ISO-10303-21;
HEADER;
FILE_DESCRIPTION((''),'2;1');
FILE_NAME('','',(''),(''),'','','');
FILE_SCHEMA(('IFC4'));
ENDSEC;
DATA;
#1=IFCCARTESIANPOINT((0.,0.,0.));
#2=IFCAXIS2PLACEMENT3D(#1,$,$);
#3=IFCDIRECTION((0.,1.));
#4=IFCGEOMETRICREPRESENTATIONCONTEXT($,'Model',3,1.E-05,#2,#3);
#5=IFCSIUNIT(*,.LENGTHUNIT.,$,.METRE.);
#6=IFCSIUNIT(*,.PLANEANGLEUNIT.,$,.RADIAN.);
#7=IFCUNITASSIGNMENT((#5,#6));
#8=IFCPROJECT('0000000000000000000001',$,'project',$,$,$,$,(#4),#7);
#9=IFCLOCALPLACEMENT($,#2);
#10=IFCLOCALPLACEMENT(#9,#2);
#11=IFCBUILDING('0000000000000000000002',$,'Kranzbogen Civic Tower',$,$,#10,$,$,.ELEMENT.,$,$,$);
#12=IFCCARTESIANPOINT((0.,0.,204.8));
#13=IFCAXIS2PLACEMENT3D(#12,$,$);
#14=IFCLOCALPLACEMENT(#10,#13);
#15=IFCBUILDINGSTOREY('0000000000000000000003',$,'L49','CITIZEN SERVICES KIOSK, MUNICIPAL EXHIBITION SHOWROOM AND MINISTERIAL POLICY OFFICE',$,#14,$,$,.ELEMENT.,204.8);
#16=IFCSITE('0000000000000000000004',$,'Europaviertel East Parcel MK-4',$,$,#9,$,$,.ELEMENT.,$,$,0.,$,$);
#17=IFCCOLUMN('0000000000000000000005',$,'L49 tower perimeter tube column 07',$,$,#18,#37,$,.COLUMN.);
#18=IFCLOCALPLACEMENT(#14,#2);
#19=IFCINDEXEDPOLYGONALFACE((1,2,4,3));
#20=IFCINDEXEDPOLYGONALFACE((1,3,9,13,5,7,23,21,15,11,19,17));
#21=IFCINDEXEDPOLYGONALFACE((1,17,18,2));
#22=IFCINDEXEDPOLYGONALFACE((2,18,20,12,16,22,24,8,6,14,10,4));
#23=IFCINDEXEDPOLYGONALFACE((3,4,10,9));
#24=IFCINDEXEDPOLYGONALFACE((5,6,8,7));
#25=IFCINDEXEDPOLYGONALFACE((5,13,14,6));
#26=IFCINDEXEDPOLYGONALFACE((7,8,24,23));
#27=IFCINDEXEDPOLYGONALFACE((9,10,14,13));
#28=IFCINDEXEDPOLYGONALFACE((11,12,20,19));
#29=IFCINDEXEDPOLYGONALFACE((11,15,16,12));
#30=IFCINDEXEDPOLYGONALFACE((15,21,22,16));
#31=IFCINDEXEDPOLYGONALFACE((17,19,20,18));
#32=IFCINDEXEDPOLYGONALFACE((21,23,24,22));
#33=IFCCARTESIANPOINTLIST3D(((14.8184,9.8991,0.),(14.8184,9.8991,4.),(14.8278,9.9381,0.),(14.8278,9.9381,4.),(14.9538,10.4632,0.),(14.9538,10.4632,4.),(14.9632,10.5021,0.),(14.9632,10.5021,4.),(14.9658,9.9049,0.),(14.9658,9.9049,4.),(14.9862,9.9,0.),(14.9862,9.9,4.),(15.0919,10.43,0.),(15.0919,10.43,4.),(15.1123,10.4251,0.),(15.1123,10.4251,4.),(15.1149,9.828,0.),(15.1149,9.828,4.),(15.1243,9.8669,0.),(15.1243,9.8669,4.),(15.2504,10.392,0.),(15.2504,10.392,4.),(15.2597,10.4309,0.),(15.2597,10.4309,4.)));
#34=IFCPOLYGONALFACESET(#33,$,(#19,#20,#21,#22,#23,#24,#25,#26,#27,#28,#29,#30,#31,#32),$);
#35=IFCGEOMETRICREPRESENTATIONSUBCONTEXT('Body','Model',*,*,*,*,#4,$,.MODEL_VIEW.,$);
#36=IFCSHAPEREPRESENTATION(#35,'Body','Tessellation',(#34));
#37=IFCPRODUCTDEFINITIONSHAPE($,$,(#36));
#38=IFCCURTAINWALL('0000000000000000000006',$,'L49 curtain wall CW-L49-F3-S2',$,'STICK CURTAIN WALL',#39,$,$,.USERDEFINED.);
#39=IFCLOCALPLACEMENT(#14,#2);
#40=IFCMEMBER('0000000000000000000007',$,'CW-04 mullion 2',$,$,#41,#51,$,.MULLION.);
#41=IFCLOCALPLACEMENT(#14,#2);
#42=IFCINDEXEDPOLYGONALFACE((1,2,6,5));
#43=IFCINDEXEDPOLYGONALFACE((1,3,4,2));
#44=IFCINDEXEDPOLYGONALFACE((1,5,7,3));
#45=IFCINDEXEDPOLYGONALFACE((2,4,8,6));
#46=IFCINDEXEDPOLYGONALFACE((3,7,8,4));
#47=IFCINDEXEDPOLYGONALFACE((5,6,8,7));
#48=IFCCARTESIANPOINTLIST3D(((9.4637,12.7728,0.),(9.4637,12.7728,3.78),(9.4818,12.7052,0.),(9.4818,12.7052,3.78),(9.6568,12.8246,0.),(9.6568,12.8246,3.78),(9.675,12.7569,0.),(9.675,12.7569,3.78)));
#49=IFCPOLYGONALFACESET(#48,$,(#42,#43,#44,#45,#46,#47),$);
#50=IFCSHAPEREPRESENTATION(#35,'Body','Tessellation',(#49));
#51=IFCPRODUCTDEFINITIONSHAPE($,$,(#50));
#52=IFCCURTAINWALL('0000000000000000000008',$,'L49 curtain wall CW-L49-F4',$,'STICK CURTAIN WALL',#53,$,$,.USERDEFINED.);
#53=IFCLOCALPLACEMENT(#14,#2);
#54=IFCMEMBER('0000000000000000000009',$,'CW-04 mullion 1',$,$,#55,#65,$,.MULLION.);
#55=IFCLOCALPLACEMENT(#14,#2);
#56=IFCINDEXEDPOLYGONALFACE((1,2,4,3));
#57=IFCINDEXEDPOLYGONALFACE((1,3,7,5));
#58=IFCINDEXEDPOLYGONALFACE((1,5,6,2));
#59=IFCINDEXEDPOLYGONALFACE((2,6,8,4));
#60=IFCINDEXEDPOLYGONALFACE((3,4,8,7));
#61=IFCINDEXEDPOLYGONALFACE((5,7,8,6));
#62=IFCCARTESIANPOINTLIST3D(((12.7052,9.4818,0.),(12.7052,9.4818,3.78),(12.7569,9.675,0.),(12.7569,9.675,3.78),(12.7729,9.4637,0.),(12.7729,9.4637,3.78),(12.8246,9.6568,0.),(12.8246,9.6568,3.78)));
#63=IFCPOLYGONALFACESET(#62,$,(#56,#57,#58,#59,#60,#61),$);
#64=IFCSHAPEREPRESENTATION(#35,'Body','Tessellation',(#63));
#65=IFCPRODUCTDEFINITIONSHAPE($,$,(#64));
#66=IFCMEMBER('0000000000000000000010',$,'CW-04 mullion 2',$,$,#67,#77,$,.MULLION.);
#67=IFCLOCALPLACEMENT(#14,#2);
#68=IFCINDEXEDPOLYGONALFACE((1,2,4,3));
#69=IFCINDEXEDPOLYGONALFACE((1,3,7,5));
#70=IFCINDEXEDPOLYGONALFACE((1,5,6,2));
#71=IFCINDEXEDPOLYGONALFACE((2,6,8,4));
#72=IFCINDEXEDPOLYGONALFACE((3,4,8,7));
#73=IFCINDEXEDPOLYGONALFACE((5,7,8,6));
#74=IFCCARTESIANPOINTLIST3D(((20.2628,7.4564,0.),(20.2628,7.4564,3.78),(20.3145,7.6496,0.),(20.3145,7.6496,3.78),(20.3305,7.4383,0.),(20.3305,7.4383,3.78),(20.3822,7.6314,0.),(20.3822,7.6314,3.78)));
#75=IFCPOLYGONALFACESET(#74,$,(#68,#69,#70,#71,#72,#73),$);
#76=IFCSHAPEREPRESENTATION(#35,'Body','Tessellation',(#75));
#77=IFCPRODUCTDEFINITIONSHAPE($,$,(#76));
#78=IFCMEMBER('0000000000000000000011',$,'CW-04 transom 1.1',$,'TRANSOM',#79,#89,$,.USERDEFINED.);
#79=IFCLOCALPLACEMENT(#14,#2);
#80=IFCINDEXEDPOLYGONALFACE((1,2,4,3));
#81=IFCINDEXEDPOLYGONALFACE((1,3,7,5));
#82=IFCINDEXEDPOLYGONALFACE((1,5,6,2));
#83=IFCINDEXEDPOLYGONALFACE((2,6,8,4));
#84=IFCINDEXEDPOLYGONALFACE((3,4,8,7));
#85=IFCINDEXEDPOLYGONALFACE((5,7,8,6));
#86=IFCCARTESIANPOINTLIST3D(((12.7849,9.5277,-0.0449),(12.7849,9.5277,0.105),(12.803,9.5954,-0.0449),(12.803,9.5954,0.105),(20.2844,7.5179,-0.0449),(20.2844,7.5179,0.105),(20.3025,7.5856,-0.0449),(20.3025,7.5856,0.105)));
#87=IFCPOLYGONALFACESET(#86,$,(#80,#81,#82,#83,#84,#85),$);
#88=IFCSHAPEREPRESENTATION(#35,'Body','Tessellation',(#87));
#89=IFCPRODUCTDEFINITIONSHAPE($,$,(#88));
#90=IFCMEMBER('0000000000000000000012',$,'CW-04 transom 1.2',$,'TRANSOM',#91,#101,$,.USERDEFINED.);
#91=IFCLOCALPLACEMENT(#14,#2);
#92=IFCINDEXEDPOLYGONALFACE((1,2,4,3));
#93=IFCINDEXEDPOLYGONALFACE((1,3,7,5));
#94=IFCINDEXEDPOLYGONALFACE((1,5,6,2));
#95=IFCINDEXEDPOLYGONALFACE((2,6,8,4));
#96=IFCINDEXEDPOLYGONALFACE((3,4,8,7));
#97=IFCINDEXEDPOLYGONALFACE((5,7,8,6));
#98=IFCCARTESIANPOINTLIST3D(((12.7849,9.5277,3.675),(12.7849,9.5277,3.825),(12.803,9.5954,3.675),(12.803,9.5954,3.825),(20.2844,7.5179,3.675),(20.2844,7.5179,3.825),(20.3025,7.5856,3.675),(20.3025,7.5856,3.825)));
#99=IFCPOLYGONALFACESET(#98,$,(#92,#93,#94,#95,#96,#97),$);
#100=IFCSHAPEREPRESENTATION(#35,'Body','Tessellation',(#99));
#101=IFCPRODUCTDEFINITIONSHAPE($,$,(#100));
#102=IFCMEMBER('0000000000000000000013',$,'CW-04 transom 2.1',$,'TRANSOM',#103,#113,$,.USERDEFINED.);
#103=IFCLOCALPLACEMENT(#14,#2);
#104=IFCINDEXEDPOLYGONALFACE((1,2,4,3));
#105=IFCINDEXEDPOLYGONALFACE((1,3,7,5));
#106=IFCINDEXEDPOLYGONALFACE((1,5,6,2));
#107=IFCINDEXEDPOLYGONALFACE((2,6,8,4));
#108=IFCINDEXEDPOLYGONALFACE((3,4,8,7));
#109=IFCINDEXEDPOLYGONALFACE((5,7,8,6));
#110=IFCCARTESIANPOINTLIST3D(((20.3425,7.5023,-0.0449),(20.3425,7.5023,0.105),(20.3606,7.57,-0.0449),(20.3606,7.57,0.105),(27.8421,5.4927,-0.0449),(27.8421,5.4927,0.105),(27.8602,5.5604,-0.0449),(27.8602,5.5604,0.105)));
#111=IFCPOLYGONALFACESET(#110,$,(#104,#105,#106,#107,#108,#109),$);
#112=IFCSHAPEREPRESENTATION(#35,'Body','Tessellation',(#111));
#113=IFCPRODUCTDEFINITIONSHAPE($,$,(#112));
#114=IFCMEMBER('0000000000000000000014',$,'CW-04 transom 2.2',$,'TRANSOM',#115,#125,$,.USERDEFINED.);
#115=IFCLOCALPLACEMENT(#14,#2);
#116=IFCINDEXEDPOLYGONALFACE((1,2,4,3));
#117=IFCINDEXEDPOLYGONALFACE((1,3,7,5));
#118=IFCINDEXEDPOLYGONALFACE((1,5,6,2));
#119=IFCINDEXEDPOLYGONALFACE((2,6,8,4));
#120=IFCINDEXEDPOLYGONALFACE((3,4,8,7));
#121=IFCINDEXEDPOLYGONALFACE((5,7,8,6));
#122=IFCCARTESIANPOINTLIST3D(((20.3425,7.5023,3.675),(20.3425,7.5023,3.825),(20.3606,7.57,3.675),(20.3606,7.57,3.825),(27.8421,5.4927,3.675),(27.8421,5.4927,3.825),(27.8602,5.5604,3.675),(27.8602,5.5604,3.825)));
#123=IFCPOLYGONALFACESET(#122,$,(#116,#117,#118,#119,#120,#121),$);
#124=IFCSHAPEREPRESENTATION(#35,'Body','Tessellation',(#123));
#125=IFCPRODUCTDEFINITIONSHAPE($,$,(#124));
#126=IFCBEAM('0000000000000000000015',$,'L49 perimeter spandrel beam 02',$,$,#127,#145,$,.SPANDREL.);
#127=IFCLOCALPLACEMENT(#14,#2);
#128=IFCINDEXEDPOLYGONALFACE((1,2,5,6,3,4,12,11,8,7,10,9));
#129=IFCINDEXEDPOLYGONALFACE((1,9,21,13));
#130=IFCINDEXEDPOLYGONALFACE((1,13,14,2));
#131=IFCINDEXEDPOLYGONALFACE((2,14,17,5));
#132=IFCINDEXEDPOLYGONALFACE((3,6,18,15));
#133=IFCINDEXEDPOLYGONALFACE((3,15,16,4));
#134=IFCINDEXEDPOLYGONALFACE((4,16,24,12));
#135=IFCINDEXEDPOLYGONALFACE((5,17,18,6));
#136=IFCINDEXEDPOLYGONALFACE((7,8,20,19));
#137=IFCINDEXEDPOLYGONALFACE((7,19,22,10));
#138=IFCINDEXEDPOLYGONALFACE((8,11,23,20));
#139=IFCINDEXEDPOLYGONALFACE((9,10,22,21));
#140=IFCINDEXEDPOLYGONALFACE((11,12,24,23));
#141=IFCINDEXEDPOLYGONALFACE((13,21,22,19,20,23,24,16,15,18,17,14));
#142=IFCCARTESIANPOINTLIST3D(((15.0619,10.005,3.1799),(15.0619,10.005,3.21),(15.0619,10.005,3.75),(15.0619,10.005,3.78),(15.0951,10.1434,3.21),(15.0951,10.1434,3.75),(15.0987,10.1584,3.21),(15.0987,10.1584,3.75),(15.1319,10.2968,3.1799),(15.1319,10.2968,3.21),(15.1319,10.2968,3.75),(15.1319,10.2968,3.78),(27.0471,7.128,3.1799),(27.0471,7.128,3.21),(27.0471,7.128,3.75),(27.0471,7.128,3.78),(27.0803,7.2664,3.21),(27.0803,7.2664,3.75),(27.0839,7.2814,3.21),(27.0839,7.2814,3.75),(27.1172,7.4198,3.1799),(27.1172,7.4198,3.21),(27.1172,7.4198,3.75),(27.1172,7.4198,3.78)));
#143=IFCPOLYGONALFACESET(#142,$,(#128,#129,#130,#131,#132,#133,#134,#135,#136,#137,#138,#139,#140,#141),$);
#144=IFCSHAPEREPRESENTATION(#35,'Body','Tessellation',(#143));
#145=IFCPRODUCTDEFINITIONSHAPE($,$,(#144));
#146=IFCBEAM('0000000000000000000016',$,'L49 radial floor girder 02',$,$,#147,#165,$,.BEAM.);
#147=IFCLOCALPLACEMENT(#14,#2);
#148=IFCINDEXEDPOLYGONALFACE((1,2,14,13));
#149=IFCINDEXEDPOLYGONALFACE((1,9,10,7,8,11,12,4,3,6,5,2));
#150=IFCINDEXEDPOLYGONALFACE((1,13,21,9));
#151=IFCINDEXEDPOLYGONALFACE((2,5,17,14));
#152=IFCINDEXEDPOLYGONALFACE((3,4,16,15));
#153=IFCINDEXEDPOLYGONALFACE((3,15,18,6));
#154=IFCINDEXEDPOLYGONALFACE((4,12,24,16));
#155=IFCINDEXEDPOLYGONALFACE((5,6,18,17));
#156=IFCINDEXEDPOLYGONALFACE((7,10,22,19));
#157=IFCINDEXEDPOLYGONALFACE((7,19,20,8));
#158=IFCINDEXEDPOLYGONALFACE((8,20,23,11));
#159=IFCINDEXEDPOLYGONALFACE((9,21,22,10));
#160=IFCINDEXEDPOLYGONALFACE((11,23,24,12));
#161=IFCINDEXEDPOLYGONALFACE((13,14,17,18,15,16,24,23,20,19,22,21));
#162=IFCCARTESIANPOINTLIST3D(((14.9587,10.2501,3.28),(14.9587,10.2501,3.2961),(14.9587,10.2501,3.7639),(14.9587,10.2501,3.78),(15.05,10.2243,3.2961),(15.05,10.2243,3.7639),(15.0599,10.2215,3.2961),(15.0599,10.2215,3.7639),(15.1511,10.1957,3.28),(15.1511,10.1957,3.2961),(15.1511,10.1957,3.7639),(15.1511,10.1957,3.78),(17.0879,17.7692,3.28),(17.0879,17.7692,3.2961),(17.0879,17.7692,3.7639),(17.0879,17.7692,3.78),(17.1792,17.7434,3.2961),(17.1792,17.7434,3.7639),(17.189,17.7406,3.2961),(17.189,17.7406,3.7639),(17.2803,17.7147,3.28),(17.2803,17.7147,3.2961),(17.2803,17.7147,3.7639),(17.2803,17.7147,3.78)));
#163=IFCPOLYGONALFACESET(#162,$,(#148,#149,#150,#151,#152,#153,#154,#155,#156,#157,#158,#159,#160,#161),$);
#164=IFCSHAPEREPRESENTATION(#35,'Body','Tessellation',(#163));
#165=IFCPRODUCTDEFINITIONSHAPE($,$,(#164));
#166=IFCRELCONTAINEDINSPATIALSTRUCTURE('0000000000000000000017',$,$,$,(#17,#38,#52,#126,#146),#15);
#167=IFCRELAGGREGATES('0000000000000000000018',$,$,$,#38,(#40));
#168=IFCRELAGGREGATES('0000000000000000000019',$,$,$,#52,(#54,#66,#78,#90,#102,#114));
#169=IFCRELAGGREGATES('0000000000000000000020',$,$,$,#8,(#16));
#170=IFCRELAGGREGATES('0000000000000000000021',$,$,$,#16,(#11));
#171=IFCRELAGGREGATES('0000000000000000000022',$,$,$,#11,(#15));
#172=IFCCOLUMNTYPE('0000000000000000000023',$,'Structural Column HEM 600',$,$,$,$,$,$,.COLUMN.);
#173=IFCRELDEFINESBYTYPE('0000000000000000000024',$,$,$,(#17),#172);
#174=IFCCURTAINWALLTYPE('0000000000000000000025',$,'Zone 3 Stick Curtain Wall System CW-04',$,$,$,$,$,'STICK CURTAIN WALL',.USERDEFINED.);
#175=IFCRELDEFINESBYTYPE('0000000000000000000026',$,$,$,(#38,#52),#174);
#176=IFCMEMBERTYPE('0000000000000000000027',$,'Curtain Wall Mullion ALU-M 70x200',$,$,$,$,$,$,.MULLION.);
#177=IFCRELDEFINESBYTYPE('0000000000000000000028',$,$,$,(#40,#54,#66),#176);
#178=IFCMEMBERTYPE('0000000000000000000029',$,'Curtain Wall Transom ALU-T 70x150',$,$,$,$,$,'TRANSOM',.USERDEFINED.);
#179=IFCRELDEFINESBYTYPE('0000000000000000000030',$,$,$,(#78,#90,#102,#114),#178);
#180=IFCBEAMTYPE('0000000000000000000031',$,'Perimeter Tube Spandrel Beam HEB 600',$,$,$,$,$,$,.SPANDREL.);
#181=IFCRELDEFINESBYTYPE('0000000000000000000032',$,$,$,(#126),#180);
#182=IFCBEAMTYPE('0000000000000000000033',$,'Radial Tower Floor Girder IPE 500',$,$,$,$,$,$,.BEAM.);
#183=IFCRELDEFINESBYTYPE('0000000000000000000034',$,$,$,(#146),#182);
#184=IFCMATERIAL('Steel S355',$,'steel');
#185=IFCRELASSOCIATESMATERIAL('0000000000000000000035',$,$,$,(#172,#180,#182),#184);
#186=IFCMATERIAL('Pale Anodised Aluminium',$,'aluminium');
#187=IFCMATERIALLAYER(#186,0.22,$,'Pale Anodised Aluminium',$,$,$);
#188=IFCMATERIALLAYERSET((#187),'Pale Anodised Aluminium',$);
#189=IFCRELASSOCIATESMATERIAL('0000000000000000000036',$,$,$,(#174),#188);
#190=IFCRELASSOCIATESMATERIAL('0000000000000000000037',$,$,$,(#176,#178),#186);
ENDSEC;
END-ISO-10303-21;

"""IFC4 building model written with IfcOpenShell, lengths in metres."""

from ifc_helpers import new_model, si_unit, direction, frame, origin, origin_2d, place, context, subcontext, project, spatial, rectangle, i_section, extrude, material, layer, layer_set, material_profile, profile_set, type_object, element, aggregate, save


model = new_model("IFC4")

# Units and contexts
model_context = context("Model", 3, precision=1e-05, world=origin(), true_north=direction((0.0, 1.0)))
body_context = subcontext(model_context, "Body", "Model", "MODEL_VIEW")
ifc_project = project(units=[si_unit("LENGTHUNIT", "METRE"), si_unit("PLANEANGLEUNIT", "RADIAN")], contexts=[model_context])

# Site, building, storey
site_placement = place(None, origin())
site = spatial("IfcSite", under=ifc_project, at=site_placement, Name="Europaviertel East Parcel MK-4", CompositionType="ELEMENT", RefElevation=0.0)
building_placement = place(site_placement, origin())
building = spatial("IfcBuilding", under=site, at=building_placement, Name="Kranzbogen Civic Tower", CompositionType="ELEMENT")
storey_placement = place(building_placement, frame((0.0, 0.0, 204.8)))
storey = spatial("IfcBuildingStorey", under=building, at=storey_placement, Name="L49", Description="CITIZEN SERVICES KIOSK, MUNICIPAL EXHIBITION SHOWROOM AND MINISTERIAL POLICY OFFICE", CompositionType="ELEMENT", Elevation=204.8)

# Column
ifc_material_1 = material(Name="Steel S355", Category="steel")
ifc_material_profile_1 = material_profile(ifc_material_1, i_section(OverallWidth=0.3049, OverallDepth=0.6201, WebThickness=0.021, FlangeThickness=0.04, at=origin_2d()), Name="HEM 600")
ifc_profile_set_1 = profile_set([ifc_material_profile_1], Name="Steel S355")
column_type = type_object("IfcColumnType", Name="Structural Column HEM 600", PredefinedType="COLUMN", material=ifc_profile_set_1)
column_placement = place(storey_placement, frame((15.0391, 10.165, 0.0), z_axis=(0.0, 0.0, 1.0), x_axis=(-0.97237, 0.233445, 0.0)))
element("IfcColumn", 1, at=column_placement, inside=storey, type_object=column_type, Name="L49 tower perimeter tube column 07", PredefinedType="COLUMN", context=body_context, shape_type="SweptSolid", body=[
    extrude(i_section(OverallWidth=0.3049, OverallDepth=0.6201, WebThickness=0.021, FlangeThickness=0.04, at=origin_2d()), origin(), (0.0, 0.0, 1.0), 4.0),
])

# Curtain wall, member
ifc_material_2 = material(Name="Pale Anodised Aluminium", Category="aluminium")
ifc_layer_1 = layer(ifc_material_2, 0.22, Name="Pale Anodised Aluminium")
ifc_layer_set_1 = layer_set([ifc_layer_1], Name="Pale Anodised Aluminium")
curtain_wall_type = type_object("IfcCurtainWallType", Name="Zone 3 Stick Curtain Wall System CW-04", ElementType="STICK CURTAIN WALL", PredefinedType="USERDEFINED", material=ifc_layer_set_1)
curtain_wall_1_placement = place(storey_placement, origin())
curtain_wall_1 = element("IfcCurtainWall", 2, at=curtain_wall_1_placement, inside=storey, type_object=curtain_wall_type, Name="L49 curtain wall CW-L49-F3-S2", ObjectType="STICK CURTAIN WALL", PredefinedType="USERDEFINED")
ifc_material_profile_2 = material_profile(ifc_material_2, rectangle(XDim=0.0701, YDim=0.2, at=origin_2d()), Name="ALU-M 70x200")
ifc_profile_set_2 = profile_set([ifc_material_profile_2], Name="Pale Anodised Aluminium")
member_type_1 = type_object("IfcMemberType", Name="Curtain Wall Mullion ALU-M 70x200", PredefinedType="MULLION", material=ifc_profile_set_2)
member_1_placement = place(storey_placement, frame((9.5693, 12.7649, 0.0), z_axis=(0.0, 0.0, 1.0), x_axis=(0.258906, -0.965902, 0.0)))
member_1 = element("IfcMember", 3, at=member_1_placement, type_object=member_type_1, Name="CW-04 mullion 2", PredefinedType="MULLION", context=body_context, shape_type="SweptSolid", body=[
    extrude(rectangle(XDim=0.0701, YDim=0.2, at=origin_2d()), origin(), (0.0, 0.0, 1.0), 3.78),
])
aggregate(curtain_wall_1, [member_1])

# Curtain wall, members
curtain_wall_2_placement = place(storey_placement, origin())
curtain_wall_2 = element("IfcCurtainWall", 4, at=curtain_wall_2_placement, inside=storey, type_object=curtain_wall_type, Name="L49 curtain wall CW-L49-F4", ObjectType="STICK CURTAIN WALL", PredefinedType="USERDEFINED")
member_2_placement = place(storey_placement, frame((12.7649, 9.5693, 0.0), z_axis=(0.0, 0.0, 1.0), x_axis=(0.965919, -0.258843, 0.0)))
member_2 = element("IfcMember", 5, at=member_2_placement, type_object=member_type_1, Name="CW-04 mullion 1", PredefinedType="MULLION", context=body_context, shape_type="SweptSolid", body=[
    extrude(rectangle(XDim=0.0701, YDim=0.2, at=origin_2d()), origin(), (0.0, 0.0, 1.0), 3.78),
])
member_3_placement = place(storey_placement, frame((20.3225, 7.5439, 0.0), z_axis=(0.0, 0.0, 1.0), x_axis=(0.965919, -0.258843, 0.0)))
member_3 = element("IfcMember", 6, at=member_3_placement, type_object=member_type_1, Name="CW-04 mullion 2", PredefinedType="MULLION", context=body_context, shape_type="SweptSolid", body=[
    extrude(rectangle(XDim=0.0701, YDim=0.2, at=origin_2d()), origin(), (0.0, 0.0, 1.0), 3.78),
])
ifc_material_profile_3 = material_profile(ifc_material_2, rectangle(XDim=0.0701, YDim=0.1499, at=origin_2d()), Name="ALU-T 70x150")
ifc_profile_set_3 = profile_set([ifc_material_profile_3], Name="Pale Anodised Aluminium")
member_type_2 = type_object("IfcMemberType", Name="Curtain Wall Transom ALU-T 70x150", ElementType="TRANSOM", PredefinedType="USERDEFINED", material=ifc_profile_set_3)
member_4_placement = place(storey_placement, frame((12.7939, 9.5615, 0.03), z_axis=(0.965917, -0.258852, 0.0), x_axis=(0.258852, 0.965917, 0.0)))
member_4 = element("IfcMember", 7, at=member_4_placement, type_object=member_type_2, Name="CW-04 transom 1.1", ObjectType="TRANSOM", PredefinedType="USERDEFINED", context=body_context, shape_type="SweptSolid", body=[
    extrude(rectangle(XDim=0.0701, YDim=0.1499, at=origin_2d()), origin(), (0.0, 0.0, 1.0), 7.7642),
])
member_5_placement = place(storey_placement, frame((12.7939, 9.5615, 3.75), z_axis=(0.965917, -0.258852, 0.0), x_axis=(0.258852, 0.965917, 0.0)))
member_5 = element("IfcMember", 8, at=member_5_placement, type_object=member_type_2, Name="CW-04 transom 1.2", ObjectType="TRANSOM", PredefinedType="USERDEFINED", context=body_context, shape_type="SweptSolid", body=[
    extrude(rectangle(XDim=0.0701, YDim=0.1499, at=origin_2d()), origin(), (0.0, 0.0, 1.0), 7.7642),
])
member_6_placement = place(storey_placement, frame((20.3516, 7.5361, 0.03), z_axis=(0.965925, -0.258823, 0.0), x_axis=(0.258823, 0.965925, 0.0)))
member_6 = element("IfcMember", 9, at=member_6_placement, type_object=member_type_2, Name="CW-04 transom 2.1", ObjectType="TRANSOM", PredefinedType="USERDEFINED", context=body_context, shape_type="SweptSolid", body=[
    extrude(rectangle(XDim=0.0701, YDim=0.1499, at=origin_2d()), origin(), (0.0, 0.0, 1.0), 7.7642),
])
member_7_placement = place(storey_placement, frame((20.3516, 7.5361, 3.75), z_axis=(0.965925, -0.258823, 0.0), x_axis=(0.258823, 0.965925, 0.0)))
member_7 = element("IfcMember", 10, at=member_7_placement, type_object=member_type_2, Name="CW-04 transom 2.2", ObjectType="TRANSOM", PredefinedType="USERDEFINED", context=body_context, shape_type="SweptSolid", body=[
    extrude(rectangle(XDim=0.0701, YDim=0.1499, at=origin_2d()), origin(), (0.0, 0.0, 1.0), 7.7642),
])

# Beams
ifc_material_profile_4 = material_profile(ifc_material_1, i_section(OverallWidth=0.3, OverallDepth=0.6001, WebThickness=0.0154, FlangeThickness=0.03, at=origin_2d()), Name="HEB 600")
ifc_profile_set_4 = profile_set([ifc_material_profile_4], Name="Steel S355")
beam_type_1 = type_object("IfcBeamType", Name="Perimeter Tube Spandrel Beam HEB 600", PredefinedType="SPANDREL", material=ifc_profile_set_4)
beam_1_placement = place(storey_placement, frame((15.0969, 10.1509, 3.48), z_axis=(0.972378, -0.233413, 0.0), x_axis=(0.233413, 0.972378, 0.0)))
element("IfcBeam", 11, at=beam_1_placement, inside=storey, type_object=beam_type_1, Name="L49 perimeter spandrel beam 02", PredefinedType="SPANDREL", context=body_context, shape_type="SweptSolid", body=[
    extrude(i_section(OverallWidth=0.3, OverallDepth=0.6001, WebThickness=0.0154, FlangeThickness=0.03, at=origin_2d()), origin(), (0.0, 0.0, 1.0), 12.3257),
])
ifc_material_profile_5 = material_profile(ifc_material_1, i_section(OverallWidth=0.2, OverallDepth=0.5, WebThickness=0.0103, FlangeThickness=0.0161, at=origin_2d()), Name="IPE 500")
ifc_profile_set_5 = profile_set([ifc_material_profile_5], Name="Steel S355")
beam_type_2 = type_object("IfcBeamType", Name="Radial Tower Floor Girder IPE 500", PredefinedType="BEAM", material=ifc_profile_set_5)
beam_2_placement = place(storey_placement, frame((15.0549, 10.2229, 3.53), z_axis=(0.272455, 0.962169, 0.0), x_axis=(-0.962169, 0.272455, 0.0)))
element("IfcBeam", 12, at=beam_2_placement, inside=storey, type_object=beam_type_2, Name="L49 radial floor girder 02", PredefinedType="BEAM", context=body_context, shape_type="SweptSolid", body=[
    extrude(i_section(OverallWidth=0.2, OverallDepth=0.5, WebThickness=0.0103, FlangeThickness=0.0161, at=origin_2d()), origin(), (0.0, 0.0, 1.0), 7.8147),
])

aggregate(curtain_wall_2, [member_2, member_3, member_4, member_5, member_6, member_7])

save(model, "model.ifc")
